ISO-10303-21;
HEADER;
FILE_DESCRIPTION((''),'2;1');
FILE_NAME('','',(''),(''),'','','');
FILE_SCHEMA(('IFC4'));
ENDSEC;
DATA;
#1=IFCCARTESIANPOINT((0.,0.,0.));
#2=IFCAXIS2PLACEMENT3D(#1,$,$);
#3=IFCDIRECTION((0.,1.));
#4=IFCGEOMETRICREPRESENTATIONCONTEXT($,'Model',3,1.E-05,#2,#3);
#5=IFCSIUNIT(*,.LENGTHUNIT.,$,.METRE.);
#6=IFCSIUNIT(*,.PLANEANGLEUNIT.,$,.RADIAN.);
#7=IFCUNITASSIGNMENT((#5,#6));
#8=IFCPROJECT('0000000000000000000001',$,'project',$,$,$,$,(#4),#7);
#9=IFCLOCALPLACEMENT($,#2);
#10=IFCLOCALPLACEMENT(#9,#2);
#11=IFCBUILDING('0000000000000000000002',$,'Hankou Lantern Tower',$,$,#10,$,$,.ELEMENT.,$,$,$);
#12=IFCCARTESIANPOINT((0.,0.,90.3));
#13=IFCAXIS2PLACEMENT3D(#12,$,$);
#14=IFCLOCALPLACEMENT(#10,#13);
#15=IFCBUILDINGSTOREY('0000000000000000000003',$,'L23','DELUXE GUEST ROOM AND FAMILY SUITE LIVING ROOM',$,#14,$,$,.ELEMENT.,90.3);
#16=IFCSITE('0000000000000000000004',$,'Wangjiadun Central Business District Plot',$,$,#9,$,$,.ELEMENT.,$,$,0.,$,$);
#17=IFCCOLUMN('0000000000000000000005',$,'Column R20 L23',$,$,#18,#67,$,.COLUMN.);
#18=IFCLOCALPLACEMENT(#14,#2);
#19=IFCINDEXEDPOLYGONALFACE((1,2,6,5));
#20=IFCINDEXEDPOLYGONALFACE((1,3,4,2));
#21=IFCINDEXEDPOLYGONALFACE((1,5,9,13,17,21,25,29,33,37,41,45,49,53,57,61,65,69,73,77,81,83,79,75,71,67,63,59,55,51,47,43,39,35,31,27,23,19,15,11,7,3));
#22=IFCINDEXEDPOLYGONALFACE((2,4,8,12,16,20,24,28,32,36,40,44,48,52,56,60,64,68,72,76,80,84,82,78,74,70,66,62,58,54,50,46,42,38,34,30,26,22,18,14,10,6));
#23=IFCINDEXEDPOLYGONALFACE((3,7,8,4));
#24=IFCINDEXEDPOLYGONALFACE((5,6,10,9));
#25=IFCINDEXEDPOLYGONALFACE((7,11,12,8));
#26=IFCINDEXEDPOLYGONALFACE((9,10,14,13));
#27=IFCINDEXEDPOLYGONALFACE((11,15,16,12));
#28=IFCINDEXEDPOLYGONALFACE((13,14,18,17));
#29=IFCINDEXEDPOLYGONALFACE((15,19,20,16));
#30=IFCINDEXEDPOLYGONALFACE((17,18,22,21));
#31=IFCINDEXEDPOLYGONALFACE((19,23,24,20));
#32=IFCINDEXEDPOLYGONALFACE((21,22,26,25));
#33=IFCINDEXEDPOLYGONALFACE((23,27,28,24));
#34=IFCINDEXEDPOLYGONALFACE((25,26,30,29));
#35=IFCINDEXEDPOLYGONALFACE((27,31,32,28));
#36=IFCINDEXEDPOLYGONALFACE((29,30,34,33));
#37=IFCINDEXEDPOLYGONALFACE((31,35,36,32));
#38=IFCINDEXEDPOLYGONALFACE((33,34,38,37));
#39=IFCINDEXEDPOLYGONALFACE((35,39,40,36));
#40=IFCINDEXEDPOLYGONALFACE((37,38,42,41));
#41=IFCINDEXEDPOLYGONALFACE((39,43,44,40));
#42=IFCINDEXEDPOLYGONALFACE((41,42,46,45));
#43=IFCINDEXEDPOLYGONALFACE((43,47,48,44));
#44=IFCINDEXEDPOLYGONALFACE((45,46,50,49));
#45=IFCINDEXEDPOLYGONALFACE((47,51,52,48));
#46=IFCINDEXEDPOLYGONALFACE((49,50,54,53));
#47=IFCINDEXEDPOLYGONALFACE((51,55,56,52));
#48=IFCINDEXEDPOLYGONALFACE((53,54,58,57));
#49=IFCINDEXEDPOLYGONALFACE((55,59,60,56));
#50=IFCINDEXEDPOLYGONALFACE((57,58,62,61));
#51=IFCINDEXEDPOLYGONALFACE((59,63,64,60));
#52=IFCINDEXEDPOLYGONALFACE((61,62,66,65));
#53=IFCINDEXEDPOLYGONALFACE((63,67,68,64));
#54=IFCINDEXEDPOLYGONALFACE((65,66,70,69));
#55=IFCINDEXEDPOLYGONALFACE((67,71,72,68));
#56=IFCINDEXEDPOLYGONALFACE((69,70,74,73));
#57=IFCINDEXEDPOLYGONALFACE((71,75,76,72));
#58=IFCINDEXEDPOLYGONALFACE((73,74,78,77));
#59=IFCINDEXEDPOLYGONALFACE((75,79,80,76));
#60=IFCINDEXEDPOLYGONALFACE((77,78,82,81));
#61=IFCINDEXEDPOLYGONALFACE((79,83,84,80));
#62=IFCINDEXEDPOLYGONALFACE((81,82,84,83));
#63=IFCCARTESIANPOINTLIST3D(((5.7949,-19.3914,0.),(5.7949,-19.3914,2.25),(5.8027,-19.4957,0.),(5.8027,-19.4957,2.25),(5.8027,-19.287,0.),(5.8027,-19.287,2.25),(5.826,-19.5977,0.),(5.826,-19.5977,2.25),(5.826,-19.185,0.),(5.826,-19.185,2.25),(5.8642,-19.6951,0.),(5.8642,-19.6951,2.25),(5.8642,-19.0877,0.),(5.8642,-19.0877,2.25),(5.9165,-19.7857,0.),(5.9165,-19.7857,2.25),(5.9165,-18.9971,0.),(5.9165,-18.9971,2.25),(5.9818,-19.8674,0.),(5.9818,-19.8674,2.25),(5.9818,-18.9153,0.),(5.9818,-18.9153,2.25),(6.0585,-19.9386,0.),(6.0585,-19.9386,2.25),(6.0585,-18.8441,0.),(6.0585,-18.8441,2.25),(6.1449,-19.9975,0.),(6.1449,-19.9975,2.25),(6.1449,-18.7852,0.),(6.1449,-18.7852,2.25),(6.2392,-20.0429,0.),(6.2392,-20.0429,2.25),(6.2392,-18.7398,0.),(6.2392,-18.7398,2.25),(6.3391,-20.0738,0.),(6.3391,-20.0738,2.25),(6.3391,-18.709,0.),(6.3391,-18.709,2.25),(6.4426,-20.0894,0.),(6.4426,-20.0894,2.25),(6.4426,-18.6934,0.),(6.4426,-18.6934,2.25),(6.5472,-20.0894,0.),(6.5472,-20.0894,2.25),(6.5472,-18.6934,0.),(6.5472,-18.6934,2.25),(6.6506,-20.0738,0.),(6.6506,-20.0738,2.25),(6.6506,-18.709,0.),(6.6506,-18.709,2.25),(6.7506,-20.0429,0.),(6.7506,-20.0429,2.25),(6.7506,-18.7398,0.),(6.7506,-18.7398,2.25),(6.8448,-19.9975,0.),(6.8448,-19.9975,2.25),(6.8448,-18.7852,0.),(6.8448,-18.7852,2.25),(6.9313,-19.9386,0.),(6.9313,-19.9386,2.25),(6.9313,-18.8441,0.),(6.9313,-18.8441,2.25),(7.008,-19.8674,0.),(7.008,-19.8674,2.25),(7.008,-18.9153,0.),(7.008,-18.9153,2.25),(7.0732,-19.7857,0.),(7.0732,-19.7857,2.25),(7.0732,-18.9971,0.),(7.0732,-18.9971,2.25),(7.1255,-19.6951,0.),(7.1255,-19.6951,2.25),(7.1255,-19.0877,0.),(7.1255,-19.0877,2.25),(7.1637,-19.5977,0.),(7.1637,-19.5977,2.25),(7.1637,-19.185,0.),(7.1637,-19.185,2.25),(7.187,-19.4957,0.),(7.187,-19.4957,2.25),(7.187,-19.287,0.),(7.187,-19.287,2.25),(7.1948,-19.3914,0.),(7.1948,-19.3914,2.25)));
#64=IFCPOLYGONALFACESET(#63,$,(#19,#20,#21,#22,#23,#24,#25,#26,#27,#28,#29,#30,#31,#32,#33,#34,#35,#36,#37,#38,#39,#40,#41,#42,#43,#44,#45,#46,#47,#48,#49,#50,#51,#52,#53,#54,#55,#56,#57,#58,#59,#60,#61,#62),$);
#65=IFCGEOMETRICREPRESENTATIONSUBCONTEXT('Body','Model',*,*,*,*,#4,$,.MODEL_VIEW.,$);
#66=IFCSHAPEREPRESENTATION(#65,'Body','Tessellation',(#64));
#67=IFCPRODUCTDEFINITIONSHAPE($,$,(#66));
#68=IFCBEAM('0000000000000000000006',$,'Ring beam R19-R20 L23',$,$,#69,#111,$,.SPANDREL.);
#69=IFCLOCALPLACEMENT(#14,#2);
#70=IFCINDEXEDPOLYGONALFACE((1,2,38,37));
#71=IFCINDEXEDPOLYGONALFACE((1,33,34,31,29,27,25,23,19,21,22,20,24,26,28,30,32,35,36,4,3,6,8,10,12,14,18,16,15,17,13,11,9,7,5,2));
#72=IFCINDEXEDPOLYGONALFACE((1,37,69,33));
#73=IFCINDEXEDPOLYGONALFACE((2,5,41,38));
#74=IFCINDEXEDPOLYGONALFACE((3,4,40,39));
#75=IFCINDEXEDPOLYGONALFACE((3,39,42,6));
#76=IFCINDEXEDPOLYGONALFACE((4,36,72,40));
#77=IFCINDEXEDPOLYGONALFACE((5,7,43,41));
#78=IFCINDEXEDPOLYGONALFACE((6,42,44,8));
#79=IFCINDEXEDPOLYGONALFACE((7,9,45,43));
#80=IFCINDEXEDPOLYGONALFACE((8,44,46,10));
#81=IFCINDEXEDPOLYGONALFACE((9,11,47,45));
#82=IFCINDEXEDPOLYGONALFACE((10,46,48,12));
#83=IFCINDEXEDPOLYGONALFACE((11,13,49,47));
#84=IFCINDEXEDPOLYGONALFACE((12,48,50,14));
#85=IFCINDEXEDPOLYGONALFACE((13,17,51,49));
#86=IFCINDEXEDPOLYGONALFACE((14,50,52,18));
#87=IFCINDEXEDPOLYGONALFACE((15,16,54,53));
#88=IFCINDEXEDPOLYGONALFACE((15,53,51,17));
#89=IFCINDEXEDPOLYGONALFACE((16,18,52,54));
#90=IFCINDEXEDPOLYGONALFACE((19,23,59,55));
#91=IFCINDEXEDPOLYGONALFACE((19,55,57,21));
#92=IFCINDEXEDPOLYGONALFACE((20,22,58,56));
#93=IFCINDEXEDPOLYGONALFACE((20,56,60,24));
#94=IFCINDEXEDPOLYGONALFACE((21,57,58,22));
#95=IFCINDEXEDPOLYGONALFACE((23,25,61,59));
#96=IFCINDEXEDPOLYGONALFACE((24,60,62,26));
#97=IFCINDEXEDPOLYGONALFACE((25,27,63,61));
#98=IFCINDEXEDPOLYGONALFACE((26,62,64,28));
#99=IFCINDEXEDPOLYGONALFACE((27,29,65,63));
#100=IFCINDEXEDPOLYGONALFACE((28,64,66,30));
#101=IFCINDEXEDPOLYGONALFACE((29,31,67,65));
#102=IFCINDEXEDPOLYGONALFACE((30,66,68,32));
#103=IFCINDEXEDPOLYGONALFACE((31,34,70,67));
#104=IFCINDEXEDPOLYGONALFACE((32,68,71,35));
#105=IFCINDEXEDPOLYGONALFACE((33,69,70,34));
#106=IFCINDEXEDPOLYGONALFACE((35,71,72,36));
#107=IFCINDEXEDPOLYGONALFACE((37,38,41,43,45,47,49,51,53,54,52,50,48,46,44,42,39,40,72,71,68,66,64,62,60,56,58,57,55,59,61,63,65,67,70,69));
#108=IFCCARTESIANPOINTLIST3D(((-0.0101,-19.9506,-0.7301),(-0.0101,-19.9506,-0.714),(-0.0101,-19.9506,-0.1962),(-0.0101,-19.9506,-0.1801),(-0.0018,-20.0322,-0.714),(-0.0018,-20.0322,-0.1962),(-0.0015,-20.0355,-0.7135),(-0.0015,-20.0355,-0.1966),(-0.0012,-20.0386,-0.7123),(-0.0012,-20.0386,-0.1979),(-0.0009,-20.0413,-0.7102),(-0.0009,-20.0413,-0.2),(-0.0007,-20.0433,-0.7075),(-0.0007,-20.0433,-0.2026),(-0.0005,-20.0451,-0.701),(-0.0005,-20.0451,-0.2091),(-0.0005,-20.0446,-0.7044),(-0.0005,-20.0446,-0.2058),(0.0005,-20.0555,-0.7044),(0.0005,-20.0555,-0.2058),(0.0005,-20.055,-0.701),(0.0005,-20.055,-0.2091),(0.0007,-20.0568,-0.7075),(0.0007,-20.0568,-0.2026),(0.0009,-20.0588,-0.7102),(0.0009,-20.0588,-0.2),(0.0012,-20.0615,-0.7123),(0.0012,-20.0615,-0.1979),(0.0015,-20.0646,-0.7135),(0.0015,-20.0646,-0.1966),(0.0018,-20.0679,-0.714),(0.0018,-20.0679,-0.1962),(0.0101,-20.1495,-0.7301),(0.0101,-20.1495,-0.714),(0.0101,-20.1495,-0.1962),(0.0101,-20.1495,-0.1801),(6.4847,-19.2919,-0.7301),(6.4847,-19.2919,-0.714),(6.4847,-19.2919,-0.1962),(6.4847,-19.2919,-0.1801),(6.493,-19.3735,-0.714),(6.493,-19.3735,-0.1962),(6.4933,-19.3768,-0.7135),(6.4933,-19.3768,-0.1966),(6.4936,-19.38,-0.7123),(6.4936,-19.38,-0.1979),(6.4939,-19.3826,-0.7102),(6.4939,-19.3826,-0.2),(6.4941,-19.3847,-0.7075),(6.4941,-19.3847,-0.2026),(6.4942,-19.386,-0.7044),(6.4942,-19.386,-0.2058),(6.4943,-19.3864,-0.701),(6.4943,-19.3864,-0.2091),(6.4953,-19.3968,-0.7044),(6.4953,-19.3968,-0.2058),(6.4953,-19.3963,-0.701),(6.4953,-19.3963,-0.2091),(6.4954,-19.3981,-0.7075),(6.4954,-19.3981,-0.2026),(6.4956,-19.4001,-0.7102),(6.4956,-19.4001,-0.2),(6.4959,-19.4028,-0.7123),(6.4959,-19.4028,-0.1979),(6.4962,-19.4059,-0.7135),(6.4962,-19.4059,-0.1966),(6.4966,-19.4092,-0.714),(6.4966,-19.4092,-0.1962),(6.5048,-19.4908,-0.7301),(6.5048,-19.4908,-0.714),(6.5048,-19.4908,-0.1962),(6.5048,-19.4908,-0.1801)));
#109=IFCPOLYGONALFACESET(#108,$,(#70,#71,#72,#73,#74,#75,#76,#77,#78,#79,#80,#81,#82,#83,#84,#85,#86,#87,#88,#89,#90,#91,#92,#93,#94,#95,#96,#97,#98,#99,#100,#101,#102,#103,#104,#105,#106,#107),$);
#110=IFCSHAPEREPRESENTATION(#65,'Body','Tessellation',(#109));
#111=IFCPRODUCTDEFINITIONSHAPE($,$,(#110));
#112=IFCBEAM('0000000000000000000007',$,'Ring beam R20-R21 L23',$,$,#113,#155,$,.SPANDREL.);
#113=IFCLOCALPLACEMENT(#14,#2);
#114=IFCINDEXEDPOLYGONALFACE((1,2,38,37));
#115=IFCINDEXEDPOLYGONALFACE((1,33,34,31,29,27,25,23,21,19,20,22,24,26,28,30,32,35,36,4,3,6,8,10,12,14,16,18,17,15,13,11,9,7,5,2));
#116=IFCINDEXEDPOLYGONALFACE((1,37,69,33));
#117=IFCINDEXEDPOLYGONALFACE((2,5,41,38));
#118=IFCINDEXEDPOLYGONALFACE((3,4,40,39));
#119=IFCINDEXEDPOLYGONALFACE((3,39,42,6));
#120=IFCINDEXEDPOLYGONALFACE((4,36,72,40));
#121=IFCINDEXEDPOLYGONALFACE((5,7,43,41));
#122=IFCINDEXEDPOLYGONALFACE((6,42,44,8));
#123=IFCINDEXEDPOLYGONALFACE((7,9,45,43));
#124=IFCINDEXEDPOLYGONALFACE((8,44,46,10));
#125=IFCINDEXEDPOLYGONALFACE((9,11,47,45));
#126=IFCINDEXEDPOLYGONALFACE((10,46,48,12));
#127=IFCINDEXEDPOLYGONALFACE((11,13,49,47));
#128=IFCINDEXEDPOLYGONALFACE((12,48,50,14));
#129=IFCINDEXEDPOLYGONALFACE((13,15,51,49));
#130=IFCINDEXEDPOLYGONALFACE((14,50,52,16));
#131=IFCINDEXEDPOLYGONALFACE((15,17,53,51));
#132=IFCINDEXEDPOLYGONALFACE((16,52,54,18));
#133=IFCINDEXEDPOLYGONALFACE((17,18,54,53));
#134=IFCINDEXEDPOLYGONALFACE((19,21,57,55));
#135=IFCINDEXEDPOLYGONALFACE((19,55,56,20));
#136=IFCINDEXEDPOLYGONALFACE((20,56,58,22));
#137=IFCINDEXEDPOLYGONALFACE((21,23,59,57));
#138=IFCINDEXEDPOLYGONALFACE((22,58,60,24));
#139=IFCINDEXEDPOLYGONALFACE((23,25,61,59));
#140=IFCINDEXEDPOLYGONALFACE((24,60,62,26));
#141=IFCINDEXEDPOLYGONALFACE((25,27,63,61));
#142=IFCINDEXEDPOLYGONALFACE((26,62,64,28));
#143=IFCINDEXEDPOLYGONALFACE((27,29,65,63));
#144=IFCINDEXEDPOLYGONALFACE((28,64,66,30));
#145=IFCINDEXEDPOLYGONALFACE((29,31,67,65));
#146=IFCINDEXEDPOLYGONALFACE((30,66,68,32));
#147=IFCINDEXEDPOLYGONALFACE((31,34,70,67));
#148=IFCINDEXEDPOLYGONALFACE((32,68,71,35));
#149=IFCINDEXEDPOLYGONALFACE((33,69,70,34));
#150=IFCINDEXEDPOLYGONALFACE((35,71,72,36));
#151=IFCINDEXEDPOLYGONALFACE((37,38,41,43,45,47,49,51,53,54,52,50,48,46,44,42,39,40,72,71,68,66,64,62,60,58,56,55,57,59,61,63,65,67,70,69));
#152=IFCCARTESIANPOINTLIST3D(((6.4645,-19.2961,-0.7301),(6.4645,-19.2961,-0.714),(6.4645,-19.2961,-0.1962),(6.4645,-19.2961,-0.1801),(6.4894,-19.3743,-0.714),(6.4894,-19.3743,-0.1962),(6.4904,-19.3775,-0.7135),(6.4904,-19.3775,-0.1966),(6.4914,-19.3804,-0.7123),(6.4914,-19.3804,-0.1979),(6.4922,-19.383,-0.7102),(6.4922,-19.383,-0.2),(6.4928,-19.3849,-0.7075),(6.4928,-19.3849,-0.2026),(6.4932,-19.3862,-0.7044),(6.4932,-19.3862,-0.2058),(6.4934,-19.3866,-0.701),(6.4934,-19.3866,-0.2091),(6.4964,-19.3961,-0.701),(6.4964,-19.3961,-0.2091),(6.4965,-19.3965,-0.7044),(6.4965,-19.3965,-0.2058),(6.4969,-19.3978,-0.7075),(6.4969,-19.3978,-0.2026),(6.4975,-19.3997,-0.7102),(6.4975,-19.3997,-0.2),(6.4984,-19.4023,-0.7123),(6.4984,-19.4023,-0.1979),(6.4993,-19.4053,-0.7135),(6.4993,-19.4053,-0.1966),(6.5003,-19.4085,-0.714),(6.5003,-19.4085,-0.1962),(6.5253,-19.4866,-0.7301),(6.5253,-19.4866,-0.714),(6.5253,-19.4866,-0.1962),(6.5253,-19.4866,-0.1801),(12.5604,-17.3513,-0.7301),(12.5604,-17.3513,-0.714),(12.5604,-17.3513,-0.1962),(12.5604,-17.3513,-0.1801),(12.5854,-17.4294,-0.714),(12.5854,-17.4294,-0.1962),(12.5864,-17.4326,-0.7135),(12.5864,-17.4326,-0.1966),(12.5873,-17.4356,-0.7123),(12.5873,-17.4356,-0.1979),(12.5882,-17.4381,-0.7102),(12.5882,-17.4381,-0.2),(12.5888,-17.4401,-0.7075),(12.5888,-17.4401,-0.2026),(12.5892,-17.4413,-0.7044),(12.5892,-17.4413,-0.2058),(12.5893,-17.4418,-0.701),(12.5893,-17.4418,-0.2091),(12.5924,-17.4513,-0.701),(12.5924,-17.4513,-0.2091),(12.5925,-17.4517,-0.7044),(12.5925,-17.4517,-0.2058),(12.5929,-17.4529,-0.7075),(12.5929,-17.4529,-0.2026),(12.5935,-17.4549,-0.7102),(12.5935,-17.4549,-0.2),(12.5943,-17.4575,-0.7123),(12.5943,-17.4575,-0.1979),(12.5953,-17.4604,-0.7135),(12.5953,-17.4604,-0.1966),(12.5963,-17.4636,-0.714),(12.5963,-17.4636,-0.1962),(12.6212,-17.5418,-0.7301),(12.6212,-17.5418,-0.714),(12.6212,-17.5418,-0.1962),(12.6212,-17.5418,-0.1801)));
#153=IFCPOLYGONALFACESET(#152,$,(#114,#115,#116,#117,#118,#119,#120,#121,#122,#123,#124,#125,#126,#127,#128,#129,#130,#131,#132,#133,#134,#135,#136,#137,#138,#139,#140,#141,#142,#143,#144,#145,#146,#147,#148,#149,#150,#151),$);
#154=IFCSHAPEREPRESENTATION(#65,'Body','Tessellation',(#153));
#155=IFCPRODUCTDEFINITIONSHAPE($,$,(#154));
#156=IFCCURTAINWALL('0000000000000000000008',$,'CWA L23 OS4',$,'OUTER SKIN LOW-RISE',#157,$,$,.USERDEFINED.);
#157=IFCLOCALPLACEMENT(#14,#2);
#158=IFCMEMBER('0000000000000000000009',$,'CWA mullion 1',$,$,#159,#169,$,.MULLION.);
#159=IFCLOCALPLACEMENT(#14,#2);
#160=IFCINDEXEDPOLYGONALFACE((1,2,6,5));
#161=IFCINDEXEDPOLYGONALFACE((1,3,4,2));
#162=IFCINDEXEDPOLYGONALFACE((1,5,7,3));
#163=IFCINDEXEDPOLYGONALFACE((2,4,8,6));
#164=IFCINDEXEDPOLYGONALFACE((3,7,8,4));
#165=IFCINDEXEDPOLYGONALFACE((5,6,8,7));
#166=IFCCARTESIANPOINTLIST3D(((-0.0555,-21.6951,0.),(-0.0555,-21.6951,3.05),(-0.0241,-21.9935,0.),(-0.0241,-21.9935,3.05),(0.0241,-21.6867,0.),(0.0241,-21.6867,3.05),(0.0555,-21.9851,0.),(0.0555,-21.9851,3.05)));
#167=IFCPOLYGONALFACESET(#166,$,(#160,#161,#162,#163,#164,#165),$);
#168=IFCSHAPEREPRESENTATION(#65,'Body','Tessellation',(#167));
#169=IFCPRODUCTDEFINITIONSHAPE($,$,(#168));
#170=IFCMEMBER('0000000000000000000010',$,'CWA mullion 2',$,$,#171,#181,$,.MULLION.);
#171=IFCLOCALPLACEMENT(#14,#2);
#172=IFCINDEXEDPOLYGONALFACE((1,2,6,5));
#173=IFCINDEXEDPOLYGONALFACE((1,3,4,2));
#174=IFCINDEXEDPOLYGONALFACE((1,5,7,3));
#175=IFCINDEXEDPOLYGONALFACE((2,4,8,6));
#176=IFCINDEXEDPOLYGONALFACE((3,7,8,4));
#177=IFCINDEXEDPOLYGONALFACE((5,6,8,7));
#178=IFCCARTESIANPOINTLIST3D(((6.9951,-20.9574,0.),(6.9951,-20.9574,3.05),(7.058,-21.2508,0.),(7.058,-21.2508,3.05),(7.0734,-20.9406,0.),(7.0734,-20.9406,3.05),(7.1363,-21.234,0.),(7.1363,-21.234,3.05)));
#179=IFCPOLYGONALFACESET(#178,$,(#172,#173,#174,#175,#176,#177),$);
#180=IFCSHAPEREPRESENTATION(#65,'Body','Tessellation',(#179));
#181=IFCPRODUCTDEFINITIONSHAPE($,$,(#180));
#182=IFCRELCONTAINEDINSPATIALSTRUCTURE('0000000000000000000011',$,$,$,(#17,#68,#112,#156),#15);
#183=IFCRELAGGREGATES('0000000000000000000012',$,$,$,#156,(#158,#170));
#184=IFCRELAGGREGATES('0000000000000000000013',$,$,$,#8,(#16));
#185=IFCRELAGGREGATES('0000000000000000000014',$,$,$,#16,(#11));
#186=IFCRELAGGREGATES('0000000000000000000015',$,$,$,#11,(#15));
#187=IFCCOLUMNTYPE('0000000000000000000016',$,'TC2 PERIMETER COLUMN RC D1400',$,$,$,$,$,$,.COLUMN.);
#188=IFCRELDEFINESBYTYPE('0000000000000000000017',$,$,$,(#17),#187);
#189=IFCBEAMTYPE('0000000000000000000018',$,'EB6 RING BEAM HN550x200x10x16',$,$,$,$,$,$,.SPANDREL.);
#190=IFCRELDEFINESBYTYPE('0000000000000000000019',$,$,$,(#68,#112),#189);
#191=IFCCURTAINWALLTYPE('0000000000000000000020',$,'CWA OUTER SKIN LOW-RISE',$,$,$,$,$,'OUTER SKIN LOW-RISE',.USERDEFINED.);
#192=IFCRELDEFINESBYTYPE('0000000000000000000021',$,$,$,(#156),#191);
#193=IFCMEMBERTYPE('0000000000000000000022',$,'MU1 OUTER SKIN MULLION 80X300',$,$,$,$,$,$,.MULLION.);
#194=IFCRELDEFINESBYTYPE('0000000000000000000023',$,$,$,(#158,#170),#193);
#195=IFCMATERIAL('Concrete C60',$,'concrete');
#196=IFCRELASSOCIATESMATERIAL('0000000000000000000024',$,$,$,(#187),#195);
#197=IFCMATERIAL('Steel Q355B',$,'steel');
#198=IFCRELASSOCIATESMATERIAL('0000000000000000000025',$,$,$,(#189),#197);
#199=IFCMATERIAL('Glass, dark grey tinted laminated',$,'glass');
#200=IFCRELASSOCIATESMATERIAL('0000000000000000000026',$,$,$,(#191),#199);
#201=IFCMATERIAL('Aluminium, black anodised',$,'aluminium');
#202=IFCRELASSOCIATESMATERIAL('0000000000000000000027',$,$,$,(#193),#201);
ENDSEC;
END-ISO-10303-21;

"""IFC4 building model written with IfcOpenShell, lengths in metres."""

from ifc_helpers import new_model, si_unit, direction, frame, origin, origin_2d, place, context, subcontext, project, spatial, rectangle, circle, i_section, extrude, clip, halfspace, material, material_profile, profile_set, type_object, element, aggregate, save


model = new_model("IFC4")

# Units and contexts
model_context = context("Model", 3, precision=1e-05, world=origin(), true_north=direction((0.0, 1.0)))
body_context = subcontext(model_context, "Body", "Model", "MODEL_VIEW")
ifc_project = project(units=[si_unit("LENGTHUNIT", "METRE"), si_unit("PLANEANGLEUNIT", "RADIAN")], contexts=[model_context])

# Site, building, storey
site_placement = place(None, origin())
site = spatial("IfcSite", under=ifc_project, at=site_placement, Name="Wangjiadun Central Business District Plot", CompositionType="ELEMENT", RefElevation=0.0)
building_placement = place(site_placement, origin())
building = spatial("IfcBuilding", under=site, at=building_placement, Name="Hankou Lantern Tower", CompositionType="ELEMENT")
storey_placement = place(building_placement, frame((0.0, 0.0, 90.3)))
storey = spatial("IfcBuildingStorey", under=building, at=storey_placement, Name="L23", Description="DELUXE GUEST ROOM AND FAMILY SUITE LIVING ROOM", CompositionType="ELEMENT", Elevation=90.3)

# Column
ifc_material_1 = material(Name="Concrete C60", Category="concrete")
ifc_material_profile_1 = material_profile(ifc_material_1, circle(Radius=0.7, at=origin_2d()), Name="RC D1400")
ifc_profile_set_1 = profile_set([ifc_material_profile_1], Name="Concrete C60")
column_type = type_object("IfcColumnType", Name="TC2 PERIMETER COLUMN RC D1400", PredefinedType="COLUMN", material=ifc_profile_set_1)
column_placement = place(storey_placement, frame((6.4949, -19.3914, 0.0), z_axis=(0.0, 0.0, 1.0), x_axis=(1.0, 0.0, 0.0)))
element("IfcColumn", 1, at=column_placement, inside=storey, type_object=column_type, Name="Column R20 L23", PredefinedType="COLUMN", context=body_context, shape_type="Clipping", body=[
    clip(extrude(circle(Radius=0.7, at=origin_2d()), origin(), (0.0, 0.0, 1.0), 3.3), halfspace(frame((0.0, 0.0, 2.25), z_axis=(0.0, 0.0, 1.0), x_axis=(1.0, 0.0, 0.0)), False)),
])

# Beams
ifc_material_2 = material(Name="Steel Q355B", Category="steel")
ifc_material_profile_2 = material_profile(ifc_material_2, i_section(OverallWidth=0.2, OverallDepth=0.55, WebThickness=0.01, FlangeThickness=0.0161, FilletRadius=0.0129, at=origin_2d()), Name="HN550x200x10x16")
ifc_profile_set_2 = profile_set([ifc_material_profile_2], Name="Steel Q355B")
beam_type_1 = type_object("IfcBeamType", Name="EB6 RING BEAM HN550x200x10x16", PredefinedType="SPANDREL", material=ifc_profile_set_2)
beam_1_placement = place(storey_placement, frame((0.0, -20.05, -0.4551), z_axis=(0.994897, 0.1009, 0.0), x_axis=(-0.1009, 0.994897, 0.0)))
element("IfcBeam", 2, at=beam_1_placement, inside=storey, type_object=beam_type_1, Name="Ring beam R19-R20 L23", PredefinedType="SPANDREL", context=body_context, shape_type="SweptSolid", body=[
    extrude(i_section(OverallWidth=0.2, OverallDepth=0.55, WebThickness=0.01, FlangeThickness=0.0161, FilletRadius=0.0129, at=origin_2d()), origin(), (0.0, 0.0, 1.0), 6.5281),
])
beam_2_placement = place(storey_placement, frame((6.4949, -19.3914, -0.4551), z_axis=(0.95269, 0.303942, 0.0), x_axis=(-0.303942, 0.95269, 0.0)))
element("IfcBeam", 3, at=beam_2_placement, inside=storey, type_object=beam_type_1, Name="Ring beam R20-R21 L23", PredefinedType="SPANDREL", context=body_context, shape_type="SweptSolid", body=[
    extrude(i_section(OverallWidth=0.2, OverallDepth=0.55, WebThickness=0.01, FlangeThickness=0.0161, FilletRadius=0.0129, at=origin_2d()), origin(), (0.0, 0.0, 1.0), 6.3987),
])

# Curtain wall, members
ifc_material_3 = material(Name="Glass, dark grey tinted laminated", Category="glass")
curtain_wall_type = type_object("IfcCurtainWallType", Name="CWA OUTER SKIN LOW-RISE", ElementType="OUTER SKIN LOW-RISE", PredefinedType="USERDEFINED", material=ifc_material_3)
curtain_wall_placement = place(storey_placement, origin())
curtain_wall = element("IfcCurtainWall", 4, at=curtain_wall_placement, inside=storey, type_object=curtain_wall_type, Name="CWA L23 OS4", ObjectType="OUTER SKIN LOW-RISE", PredefinedType="USERDEFINED")
ifc_material_4 = material(Name="Aluminium, black anodised", Category="aluminium")
ifc_material_profile_3 = material_profile(ifc_material_4, rectangle(XDim=0.0801, YDim=0.3, at=origin_2d()), Name="MU1 80X300")
ifc_profile_set_3 = profile_set([ifc_material_profile_3], Name="Aluminium, black anodised")
member_type_1 = type_object("IfcMemberType", Name="MU1 OUTER SKIN MULLION 80X300", PredefinedType="MULLION", material=ifc_profile_set_3)
member_1_placement = place(storey_placement, frame((0.0, -21.8401, 0.0), z_axis=(0.0, 0.0, 1.0), x_axis=(0.994499, 0.104743, 0.0)))
member_1 = element("IfcMember", 5, at=member_1_placement, type_object=member_type_1, Name="CWA mullion 1", PredefinedType="MULLION", context=body_context, shape_type="SweptSolid", body=[
    extrude(rectangle(XDim=0.0801, YDim=0.3, at=origin_2d()), origin(), (0.0, 0.0, 1.0), 3.05),
])
member_2_placement = place(storey_placement, frame((7.0657, -21.0957, 0.0), z_axis=(0.0, 0.0, 1.0), x_axis=(0.977788, 0.209598, 0.0)))
member_2 = element("IfcMember", 6, at=member_2_placement, type_object=member_type_1, Name="CWA mullion 2", PredefinedType="MULLION", context=body_context, shape_type="SweptSolid", body=[
    extrude(rectangle(XDim=0.0801, YDim=0.3, at=origin_2d()), origin(), (0.0, 0.0, 1.0), 3.05),
])

aggregate(curtain_wall, [member_1, member_2])

save(model, "model.ifc")
